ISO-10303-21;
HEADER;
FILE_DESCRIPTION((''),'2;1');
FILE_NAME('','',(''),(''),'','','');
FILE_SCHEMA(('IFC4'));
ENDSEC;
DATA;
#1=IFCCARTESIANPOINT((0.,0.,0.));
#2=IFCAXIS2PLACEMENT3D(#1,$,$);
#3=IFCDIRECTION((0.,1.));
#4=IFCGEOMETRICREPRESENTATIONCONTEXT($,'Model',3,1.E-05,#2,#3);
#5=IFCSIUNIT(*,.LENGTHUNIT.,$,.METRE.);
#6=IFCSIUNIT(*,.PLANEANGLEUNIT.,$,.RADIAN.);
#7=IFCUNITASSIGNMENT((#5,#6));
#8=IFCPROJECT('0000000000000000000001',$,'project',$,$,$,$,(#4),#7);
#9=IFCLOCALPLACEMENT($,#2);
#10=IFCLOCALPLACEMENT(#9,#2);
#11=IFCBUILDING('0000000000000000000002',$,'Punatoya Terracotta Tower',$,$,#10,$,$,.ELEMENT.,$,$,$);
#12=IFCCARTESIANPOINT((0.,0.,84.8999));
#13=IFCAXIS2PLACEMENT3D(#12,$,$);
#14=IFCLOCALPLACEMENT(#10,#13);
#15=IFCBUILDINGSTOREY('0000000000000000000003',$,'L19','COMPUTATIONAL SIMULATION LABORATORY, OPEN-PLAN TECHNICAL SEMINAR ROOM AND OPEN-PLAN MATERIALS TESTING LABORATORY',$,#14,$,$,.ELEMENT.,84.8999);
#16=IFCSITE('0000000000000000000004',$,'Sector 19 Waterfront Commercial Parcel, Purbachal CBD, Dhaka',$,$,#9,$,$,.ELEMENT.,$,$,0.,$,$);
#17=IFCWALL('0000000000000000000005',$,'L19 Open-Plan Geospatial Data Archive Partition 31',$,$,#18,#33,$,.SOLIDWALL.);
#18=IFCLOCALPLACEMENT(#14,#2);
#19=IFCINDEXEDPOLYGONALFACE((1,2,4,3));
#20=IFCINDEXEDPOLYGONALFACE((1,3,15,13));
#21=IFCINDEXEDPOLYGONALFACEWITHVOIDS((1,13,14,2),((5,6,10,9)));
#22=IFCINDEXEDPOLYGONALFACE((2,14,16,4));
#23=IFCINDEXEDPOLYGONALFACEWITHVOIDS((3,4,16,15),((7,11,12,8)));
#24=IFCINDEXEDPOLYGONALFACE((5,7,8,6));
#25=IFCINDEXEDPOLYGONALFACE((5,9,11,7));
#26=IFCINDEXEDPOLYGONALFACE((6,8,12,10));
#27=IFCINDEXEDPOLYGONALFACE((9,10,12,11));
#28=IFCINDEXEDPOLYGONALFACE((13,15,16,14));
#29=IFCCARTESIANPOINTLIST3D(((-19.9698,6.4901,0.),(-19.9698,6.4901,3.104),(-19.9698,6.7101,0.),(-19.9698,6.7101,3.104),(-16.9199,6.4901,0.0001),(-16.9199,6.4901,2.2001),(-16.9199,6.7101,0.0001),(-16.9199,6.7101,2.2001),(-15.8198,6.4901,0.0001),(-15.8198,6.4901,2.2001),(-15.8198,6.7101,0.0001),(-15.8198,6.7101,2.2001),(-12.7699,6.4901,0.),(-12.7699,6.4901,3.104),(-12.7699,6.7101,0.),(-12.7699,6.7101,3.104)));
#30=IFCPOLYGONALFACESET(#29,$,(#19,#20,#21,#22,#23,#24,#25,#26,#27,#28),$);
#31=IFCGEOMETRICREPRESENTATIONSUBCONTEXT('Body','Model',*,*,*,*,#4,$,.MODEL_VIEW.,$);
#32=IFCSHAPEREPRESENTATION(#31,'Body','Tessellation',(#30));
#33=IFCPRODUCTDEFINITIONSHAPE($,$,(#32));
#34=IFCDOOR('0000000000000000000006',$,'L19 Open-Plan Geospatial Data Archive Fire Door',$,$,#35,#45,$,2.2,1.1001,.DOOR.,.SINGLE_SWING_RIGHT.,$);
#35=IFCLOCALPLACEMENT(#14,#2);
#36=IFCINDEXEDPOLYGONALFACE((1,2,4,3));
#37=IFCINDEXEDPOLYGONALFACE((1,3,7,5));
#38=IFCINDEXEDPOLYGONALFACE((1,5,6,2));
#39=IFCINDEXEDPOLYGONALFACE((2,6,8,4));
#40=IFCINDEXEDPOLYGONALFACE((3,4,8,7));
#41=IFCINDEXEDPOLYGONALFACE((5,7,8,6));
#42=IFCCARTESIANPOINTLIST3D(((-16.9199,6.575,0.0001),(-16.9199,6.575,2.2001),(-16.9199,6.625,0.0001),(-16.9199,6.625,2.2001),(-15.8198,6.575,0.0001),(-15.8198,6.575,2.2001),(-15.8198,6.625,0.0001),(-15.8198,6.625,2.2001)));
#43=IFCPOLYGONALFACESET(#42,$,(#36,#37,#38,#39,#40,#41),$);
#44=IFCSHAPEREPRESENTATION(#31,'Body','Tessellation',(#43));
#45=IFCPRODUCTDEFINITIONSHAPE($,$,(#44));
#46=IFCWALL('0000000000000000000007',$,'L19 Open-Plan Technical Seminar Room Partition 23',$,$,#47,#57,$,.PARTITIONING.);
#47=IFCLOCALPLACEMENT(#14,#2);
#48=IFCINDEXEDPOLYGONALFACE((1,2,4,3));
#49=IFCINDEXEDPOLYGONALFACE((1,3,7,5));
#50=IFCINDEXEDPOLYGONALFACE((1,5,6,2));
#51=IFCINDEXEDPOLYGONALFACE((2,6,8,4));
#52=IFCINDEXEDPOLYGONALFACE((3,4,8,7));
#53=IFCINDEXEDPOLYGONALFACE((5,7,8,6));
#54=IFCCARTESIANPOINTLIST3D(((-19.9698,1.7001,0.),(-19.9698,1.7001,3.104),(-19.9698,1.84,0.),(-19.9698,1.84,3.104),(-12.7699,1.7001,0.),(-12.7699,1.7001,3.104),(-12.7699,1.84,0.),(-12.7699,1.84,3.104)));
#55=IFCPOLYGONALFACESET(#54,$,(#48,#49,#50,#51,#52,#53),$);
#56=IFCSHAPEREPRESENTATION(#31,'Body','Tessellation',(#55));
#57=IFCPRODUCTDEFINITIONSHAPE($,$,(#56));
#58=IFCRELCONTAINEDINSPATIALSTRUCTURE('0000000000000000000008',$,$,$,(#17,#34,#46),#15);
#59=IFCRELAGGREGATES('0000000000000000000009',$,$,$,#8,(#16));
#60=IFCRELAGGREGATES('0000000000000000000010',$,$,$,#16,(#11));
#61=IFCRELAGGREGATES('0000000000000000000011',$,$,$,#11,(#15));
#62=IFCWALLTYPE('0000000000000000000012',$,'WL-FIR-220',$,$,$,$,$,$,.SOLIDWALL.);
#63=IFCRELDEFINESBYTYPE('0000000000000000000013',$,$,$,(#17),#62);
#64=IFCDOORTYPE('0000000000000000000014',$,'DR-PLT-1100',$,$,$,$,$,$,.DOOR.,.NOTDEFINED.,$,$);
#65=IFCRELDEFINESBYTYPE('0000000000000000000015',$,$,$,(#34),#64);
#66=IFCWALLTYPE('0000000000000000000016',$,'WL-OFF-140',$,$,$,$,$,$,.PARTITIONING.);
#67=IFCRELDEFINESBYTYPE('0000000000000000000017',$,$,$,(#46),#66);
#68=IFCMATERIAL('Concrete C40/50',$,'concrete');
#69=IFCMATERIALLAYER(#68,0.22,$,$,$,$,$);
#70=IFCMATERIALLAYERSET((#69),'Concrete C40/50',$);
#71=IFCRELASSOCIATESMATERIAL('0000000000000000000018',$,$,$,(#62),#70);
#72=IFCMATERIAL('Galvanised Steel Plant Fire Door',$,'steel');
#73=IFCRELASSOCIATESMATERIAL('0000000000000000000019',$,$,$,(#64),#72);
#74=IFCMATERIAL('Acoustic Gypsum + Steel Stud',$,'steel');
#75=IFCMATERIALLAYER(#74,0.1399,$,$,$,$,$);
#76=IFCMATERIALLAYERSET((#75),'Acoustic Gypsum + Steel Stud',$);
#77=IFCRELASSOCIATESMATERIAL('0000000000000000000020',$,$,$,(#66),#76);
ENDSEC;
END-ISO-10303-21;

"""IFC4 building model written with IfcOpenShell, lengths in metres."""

from ifc_helpers import new_model, si_unit, direction, frame, frame_2d, origin, place, context, subcontext, project, spatial, rectangle, extrude, material, layer, layer_set, type_object, element, fill, save


model = new_model("IFC4")

# Units and contexts
model_context = context("Model", 3, precision=1e-05, world=origin(), true_north=direction((0.0, 1.0)))
body_context = subcontext(model_context, "Body", "Model", "MODEL_VIEW")
ifc_project = project(units=[si_unit("LENGTHUNIT", "METRE"), si_unit("PLANEANGLEUNIT", "RADIAN")], contexts=[model_context])

# Site, building, storey
site_placement = place(None, origin())
site = spatial("IfcSite", under=ifc_project, at=site_placement, Name="Sector 19 Waterfront Commercial Parcel, Purbachal CBD, Dhaka", CompositionType="ELEMENT", RefElevation=0.0)
building_placement = place(site_placement, origin())
building = spatial("IfcBuilding", under=site, at=building_placement, Name="Punatoya Terracotta Tower", CompositionType="ELEMENT")
storey_placement = place(building_placement, frame((0.0, 0.0, 84.8999)))
storey = spatial("IfcBuildingStorey", under=building, at=storey_placement, Name="L19", Description="COMPUTATIONAL SIMULATION LABORATORY, OPEN-PLAN TECHNICAL SEMINAR ROOM AND OPEN-PLAN MATERIALS TESTING LABORATORY", CompositionType="ELEMENT", Elevation=84.8999)

# Wall, opening, door
ifc_material_1 = material(Name="Concrete C40/50", Category="concrete")
ifc_layer_1 = layer(ifc_material_1, 0.22)
ifc_layer_set_1 = layer_set([ifc_layer_1], Name="Concrete C40/50")
wall_type_1 = type_object("IfcWallType", Name="WL-FIR-220", PredefinedType="SOLIDWALL", material=ifc_layer_set_1)
wall_1_placement = place(storey_placement, frame((-19.97, 6.6001, 0.0), z_axis=(0.0, 0.0, 1.0), x_axis=(1.0, 0.0, 0.0)))
wall_1 = element("IfcWall", 1, at=wall_1_placement, inside=storey, type_object=wall_type_1, Name="L19 Open-Plan Geospatial Data Archive Partition 31", PredefinedType="SOLIDWALL", context=body_context, shape_type="SweptSolid", body=[
    extrude(rectangle(XDim=7.2, YDim=0.22, at=frame_2d((3.6001, 0.0))), origin(), (0.0, 0.0, 1.0), 3.104),
])
opening_placement = place(wall_1_placement, frame((3.05, 0.0, 0.0)))
opening = element("IfcOpeningElement", 2, at=opening_placement, cuts=wall_1, PredefinedType="OPENING", context=body_context, shape_type="SweptSolid", body=[
    extrude(rectangle(XDim=1.1001, YDim=2.2, at=frame_2d((0.55, 1.1001))), frame((0.0, 0.1199, 0.0), z_axis=(0.0, -1.0, 0.0), x_axis=(1.0, 0.0, 0.0)), (0.0, 0.0, 1.0), 0.24),
])
ifc_material_2 = material(Name="Galvanised Steel Plant Fire Door", Category="steel")
door_type = type_object("IfcDoorType", Name="DR-PLT-1100", OperationType="NOTDEFINED", PredefinedType="DOOR", material=ifc_material_2)
door_placement = place(opening_placement, origin())
door = element("IfcDoor", 3, at=door_placement, inside=storey, type_object=door_type, Name="L19 Open-Plan Geospatial Data Archive Fire Door", OperationType="SINGLE_SWING_RIGHT", OverallHeight=2.2, OverallWidth=1.1001, PredefinedType="DOOR", context=body_context, shape_type="SweptSolid", body=[
    extrude(rectangle(XDim=1.1001, YDim=2.2, at=frame_2d((0.55, 1.1001))), frame((0.0, 0.0249, 0.0), z_axis=(0.0, -1.0, 0.0), x_axis=(1.0, 0.0, 0.0)), (0.0, 0.0, 1.0), 0.05),
])
fill(opening, door)

# Wall
ifc_material_3 = material(Name="Acoustic Gypsum + Steel Stud", Category="steel")
ifc_layer_2 = layer(ifc_material_3, 0.1399)
ifc_layer_set_2 = layer_set([ifc_layer_2], Name="Acoustic Gypsum + Steel Stud")
wall_type_2 = type_object("IfcWallType", Name="WL-OFF-140", PredefinedType="PARTITIONING", material=ifc_layer_set_2)
wall_2_placement = place(storey_placement, frame((-19.97, 1.77, 0.0), z_axis=(0.0, 0.0, 1.0), x_axis=(1.0, 0.0, 0.0)))
element("IfcWall", 4, at=wall_2_placement, inside=storey, type_object=wall_type_2, Name="L19 Open-Plan Technical Seminar Room Partition 23", PredefinedType="PARTITIONING", context=body_context, shape_type="SweptSolid", body=[
    extrude(rectangle(XDim=7.2, YDim=0.1399, at=frame_2d((3.6001, 0.0))), origin(), (0.0, 0.0, 1.0), 3.104),
])

save(model, "model.ifc")
